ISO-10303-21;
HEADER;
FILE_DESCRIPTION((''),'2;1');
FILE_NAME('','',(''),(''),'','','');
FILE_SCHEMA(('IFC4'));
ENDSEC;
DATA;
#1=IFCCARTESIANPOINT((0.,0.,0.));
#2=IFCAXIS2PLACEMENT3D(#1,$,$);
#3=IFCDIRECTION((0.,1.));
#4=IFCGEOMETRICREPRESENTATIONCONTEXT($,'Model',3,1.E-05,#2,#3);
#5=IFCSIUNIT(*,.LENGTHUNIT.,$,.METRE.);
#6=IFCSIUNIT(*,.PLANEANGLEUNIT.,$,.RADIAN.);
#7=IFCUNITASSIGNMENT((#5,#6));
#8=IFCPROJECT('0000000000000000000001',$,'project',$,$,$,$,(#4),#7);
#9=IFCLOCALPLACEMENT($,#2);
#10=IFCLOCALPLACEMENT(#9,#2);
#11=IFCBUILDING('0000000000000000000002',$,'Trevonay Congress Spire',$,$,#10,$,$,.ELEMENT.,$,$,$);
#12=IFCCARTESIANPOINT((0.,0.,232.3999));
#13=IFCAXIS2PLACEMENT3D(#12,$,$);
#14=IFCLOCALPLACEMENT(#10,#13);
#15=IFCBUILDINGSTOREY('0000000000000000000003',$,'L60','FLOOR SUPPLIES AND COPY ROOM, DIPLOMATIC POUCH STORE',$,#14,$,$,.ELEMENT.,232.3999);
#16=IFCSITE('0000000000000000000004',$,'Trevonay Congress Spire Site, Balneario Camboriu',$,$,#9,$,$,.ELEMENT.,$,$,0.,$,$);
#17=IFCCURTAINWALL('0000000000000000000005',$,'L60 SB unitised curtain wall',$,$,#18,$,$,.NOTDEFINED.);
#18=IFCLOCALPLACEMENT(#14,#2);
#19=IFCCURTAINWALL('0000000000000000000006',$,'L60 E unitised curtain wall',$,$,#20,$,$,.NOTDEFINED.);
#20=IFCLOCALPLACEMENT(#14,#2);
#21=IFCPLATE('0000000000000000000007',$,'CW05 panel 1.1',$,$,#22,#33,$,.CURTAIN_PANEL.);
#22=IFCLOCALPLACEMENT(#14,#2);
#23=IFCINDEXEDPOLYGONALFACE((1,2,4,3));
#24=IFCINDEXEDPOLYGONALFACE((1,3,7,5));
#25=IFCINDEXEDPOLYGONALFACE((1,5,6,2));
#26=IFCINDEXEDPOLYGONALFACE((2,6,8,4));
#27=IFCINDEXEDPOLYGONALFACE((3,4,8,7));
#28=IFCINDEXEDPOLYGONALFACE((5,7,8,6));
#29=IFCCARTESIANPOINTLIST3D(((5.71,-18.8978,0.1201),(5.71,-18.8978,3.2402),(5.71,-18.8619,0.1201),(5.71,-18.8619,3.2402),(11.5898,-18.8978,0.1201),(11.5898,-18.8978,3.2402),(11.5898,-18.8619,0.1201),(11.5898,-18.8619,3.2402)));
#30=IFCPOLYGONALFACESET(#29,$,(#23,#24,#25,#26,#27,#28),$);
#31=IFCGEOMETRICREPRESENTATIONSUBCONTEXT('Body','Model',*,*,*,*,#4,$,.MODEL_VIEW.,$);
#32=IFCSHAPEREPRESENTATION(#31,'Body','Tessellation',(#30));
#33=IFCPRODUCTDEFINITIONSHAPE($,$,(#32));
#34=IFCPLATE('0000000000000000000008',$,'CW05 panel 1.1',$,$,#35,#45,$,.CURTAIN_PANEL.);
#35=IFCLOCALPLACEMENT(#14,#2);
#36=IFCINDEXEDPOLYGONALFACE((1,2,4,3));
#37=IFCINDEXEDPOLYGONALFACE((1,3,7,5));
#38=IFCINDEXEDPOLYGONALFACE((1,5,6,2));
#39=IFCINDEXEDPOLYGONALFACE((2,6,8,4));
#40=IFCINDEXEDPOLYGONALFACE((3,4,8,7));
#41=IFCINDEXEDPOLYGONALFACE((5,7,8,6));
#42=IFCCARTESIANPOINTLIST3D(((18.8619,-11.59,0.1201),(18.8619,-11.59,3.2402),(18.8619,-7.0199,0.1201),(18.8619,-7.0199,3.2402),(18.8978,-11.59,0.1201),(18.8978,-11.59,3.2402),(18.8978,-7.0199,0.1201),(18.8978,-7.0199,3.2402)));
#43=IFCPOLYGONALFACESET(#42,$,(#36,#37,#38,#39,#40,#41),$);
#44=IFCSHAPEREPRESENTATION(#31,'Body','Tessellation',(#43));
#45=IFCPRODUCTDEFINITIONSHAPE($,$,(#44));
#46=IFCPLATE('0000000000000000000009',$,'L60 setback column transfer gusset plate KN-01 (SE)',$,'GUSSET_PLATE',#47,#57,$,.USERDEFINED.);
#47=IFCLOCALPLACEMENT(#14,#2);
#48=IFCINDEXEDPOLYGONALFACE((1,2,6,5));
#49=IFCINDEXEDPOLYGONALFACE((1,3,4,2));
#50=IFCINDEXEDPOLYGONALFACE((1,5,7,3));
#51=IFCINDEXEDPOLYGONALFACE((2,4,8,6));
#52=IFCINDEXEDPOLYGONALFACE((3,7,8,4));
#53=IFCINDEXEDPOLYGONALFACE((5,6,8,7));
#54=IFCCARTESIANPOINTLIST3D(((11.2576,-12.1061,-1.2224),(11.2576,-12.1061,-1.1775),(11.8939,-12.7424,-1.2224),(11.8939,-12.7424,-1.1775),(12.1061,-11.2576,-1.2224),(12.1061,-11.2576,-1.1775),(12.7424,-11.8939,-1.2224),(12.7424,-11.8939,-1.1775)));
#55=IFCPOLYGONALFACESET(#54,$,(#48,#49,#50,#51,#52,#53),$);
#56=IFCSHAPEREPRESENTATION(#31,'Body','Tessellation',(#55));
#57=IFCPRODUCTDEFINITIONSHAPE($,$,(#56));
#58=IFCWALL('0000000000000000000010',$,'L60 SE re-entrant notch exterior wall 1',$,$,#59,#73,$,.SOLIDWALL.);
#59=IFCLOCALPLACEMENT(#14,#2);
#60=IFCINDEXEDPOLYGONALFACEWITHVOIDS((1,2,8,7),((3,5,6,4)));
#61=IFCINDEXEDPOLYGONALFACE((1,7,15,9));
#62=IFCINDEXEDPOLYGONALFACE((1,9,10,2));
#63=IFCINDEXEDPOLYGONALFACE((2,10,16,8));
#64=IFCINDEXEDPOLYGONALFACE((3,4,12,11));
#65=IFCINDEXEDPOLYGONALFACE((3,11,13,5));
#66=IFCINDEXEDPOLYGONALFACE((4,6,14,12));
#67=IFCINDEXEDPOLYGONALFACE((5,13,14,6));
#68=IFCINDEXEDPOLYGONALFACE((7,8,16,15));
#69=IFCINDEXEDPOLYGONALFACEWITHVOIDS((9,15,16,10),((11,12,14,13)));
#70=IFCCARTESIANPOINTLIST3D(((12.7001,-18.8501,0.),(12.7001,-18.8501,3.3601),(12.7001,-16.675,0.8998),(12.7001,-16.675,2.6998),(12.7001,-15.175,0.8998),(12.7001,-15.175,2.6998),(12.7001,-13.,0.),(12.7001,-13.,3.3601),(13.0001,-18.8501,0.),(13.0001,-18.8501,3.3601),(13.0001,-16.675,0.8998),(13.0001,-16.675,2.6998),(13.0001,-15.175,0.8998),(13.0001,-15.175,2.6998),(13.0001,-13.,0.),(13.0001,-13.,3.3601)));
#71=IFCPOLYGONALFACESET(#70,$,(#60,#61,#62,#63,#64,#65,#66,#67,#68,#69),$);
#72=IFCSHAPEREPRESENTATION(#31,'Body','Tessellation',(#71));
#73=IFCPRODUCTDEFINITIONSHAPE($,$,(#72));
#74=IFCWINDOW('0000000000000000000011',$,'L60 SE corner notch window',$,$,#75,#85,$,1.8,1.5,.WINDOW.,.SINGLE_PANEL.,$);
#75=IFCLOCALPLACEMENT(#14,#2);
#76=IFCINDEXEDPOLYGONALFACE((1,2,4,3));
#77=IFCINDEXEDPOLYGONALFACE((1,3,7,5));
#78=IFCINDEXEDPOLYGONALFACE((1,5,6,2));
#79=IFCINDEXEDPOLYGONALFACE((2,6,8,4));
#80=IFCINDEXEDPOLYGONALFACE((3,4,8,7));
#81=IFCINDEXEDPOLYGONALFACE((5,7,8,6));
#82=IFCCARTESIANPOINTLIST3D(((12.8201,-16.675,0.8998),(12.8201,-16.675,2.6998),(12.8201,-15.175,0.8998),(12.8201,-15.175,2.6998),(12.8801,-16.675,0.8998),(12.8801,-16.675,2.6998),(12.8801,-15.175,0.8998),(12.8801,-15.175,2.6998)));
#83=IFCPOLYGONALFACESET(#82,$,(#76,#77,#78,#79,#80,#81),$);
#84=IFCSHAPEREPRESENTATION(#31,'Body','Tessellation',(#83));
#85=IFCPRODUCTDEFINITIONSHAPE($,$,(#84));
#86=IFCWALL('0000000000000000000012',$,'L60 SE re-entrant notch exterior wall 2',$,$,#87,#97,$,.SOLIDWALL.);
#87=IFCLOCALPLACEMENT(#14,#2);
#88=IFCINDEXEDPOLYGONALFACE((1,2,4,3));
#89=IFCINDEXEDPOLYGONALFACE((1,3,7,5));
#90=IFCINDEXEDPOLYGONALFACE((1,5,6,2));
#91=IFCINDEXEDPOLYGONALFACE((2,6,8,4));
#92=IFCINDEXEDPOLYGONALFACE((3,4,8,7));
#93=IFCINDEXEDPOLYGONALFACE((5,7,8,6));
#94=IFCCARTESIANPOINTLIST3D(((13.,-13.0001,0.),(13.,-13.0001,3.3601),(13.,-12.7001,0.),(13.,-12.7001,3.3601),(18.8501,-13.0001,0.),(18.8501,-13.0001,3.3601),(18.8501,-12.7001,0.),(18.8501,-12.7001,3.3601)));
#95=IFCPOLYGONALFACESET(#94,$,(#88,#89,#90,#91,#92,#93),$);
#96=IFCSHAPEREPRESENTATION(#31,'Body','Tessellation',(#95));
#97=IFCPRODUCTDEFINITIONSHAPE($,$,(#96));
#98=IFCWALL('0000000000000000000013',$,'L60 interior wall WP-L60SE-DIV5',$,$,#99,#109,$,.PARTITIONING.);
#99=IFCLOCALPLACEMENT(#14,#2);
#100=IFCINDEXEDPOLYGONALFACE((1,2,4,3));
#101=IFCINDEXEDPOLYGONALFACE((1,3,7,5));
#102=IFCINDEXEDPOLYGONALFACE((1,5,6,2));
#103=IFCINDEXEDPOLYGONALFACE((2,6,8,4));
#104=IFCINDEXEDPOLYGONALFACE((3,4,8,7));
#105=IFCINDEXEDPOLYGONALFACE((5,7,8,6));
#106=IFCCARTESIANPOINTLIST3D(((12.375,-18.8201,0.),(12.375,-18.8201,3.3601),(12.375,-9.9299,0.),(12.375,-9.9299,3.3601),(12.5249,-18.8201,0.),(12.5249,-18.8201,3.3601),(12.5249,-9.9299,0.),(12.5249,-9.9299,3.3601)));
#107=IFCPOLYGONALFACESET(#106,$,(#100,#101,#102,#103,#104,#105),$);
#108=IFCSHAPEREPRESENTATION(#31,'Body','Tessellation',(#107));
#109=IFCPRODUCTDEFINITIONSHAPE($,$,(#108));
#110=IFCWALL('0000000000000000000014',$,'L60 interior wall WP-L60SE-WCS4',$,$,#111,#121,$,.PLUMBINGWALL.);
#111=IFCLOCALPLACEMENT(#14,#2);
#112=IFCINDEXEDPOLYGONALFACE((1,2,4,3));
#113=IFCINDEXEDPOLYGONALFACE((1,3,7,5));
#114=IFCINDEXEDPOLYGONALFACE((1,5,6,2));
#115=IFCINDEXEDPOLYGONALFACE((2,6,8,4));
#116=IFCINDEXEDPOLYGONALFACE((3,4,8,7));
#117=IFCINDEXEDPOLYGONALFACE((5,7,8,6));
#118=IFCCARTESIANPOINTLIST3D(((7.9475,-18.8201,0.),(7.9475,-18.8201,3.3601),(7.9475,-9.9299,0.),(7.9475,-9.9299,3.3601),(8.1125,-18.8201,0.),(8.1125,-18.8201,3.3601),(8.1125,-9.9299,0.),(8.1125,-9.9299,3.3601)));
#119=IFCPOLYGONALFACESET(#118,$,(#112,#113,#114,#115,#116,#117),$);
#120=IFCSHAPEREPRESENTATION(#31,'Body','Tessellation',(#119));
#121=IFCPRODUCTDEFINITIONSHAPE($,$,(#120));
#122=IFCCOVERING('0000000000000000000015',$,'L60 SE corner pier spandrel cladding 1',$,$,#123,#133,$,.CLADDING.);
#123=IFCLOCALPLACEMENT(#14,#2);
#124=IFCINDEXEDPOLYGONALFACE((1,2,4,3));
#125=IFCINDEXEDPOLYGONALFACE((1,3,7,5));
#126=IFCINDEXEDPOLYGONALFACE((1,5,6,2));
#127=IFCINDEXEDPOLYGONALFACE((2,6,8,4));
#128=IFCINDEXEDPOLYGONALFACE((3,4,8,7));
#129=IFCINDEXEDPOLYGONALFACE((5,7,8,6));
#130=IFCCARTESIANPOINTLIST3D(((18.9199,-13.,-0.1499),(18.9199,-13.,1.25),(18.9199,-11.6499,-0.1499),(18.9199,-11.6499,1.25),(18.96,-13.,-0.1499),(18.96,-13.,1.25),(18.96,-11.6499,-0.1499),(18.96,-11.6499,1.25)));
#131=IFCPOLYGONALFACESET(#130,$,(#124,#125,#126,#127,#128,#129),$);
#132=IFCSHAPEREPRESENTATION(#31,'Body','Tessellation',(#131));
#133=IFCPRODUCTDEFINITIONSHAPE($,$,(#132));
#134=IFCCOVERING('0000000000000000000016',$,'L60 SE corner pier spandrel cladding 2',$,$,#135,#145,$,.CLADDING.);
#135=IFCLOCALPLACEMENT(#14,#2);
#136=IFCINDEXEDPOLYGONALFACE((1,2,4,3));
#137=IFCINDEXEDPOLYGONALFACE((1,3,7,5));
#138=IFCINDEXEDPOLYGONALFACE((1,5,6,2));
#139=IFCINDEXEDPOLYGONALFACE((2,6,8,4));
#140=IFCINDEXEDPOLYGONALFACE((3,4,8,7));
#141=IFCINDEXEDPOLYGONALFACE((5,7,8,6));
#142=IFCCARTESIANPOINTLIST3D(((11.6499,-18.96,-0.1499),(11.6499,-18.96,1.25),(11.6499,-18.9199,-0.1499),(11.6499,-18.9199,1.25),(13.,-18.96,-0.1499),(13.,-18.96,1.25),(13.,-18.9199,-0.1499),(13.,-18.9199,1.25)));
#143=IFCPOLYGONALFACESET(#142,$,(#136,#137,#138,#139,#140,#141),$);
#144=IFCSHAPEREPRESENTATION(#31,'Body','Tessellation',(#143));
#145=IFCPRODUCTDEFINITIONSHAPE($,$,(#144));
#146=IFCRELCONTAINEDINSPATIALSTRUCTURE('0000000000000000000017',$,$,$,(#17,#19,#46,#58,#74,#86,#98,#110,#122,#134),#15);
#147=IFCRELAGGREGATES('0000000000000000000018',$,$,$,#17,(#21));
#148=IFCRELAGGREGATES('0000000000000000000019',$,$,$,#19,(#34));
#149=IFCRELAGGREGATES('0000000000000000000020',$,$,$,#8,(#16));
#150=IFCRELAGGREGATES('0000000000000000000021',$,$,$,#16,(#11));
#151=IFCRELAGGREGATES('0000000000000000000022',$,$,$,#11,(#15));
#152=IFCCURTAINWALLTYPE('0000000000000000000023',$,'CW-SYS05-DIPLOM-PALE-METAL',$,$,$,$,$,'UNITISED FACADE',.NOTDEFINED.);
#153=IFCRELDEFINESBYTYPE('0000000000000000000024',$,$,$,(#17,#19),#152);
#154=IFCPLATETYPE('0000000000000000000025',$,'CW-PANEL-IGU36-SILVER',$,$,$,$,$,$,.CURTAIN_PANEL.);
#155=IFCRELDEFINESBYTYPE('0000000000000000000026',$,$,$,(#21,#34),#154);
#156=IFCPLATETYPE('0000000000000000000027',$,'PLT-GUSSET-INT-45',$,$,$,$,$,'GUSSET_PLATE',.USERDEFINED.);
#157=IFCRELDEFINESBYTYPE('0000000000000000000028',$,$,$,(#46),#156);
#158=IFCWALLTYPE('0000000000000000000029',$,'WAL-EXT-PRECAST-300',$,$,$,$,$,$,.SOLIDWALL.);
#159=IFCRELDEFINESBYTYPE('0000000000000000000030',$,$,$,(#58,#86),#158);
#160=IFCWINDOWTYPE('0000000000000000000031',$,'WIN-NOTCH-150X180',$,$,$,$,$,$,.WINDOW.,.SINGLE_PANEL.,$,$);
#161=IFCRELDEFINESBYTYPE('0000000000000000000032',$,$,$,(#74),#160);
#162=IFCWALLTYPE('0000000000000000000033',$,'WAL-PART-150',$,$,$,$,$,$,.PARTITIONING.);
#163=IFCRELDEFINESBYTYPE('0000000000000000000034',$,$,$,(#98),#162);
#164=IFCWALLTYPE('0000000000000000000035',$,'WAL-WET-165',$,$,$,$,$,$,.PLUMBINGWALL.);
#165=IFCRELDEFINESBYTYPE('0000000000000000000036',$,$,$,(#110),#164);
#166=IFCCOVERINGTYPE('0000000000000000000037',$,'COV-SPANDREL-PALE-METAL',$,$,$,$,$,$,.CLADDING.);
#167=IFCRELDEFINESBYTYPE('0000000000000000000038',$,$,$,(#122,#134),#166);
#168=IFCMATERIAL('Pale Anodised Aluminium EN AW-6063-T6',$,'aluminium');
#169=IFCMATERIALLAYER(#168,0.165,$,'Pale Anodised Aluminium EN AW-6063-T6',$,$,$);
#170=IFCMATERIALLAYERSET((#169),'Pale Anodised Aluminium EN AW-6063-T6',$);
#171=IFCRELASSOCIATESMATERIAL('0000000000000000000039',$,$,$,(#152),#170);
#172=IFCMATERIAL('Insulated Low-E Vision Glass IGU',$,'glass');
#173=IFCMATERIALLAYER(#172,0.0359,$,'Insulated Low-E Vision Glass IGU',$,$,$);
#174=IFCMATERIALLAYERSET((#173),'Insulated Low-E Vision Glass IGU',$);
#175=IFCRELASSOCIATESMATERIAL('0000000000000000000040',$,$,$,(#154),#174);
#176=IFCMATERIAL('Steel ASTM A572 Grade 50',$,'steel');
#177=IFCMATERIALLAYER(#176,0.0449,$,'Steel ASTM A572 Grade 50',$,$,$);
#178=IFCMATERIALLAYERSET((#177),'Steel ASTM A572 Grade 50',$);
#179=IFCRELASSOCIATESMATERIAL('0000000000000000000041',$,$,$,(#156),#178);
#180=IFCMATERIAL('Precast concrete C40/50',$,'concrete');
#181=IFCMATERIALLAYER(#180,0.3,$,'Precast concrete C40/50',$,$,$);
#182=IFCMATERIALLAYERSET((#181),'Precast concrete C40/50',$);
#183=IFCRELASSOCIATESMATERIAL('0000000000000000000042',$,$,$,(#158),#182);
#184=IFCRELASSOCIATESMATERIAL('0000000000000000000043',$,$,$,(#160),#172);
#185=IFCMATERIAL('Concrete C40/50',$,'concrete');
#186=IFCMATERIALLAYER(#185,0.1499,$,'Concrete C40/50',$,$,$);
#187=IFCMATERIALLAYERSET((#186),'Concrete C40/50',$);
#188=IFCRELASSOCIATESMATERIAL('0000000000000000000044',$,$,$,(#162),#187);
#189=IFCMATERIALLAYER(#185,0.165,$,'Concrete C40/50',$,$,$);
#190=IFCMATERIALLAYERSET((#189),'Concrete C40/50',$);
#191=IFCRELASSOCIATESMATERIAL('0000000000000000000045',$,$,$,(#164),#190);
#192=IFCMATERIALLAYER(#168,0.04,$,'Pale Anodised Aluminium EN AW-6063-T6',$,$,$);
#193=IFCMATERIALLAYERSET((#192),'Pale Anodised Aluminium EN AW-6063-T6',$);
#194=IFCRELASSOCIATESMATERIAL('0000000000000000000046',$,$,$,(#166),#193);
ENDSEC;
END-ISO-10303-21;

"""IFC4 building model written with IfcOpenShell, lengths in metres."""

from ifc_helpers import new_model, si_unit, direction, frame, frame_2d, origin, origin_2d, place, context, subcontext, project, spatial, rectangle, extrude, material, layer, layer_set, type_object, element, fill, aggregate, save


model = new_model("IFC4")

# Units and contexts
model_context = context("Model", 3, precision=1e-05, world=origin(), true_north=direction((0.0, 1.0)))
body_context = subcontext(model_context, "Body", "Model", "MODEL_VIEW")
ifc_project = project(units=[si_unit("LENGTHUNIT", "METRE"), si_unit("PLANEANGLEUNIT", "RADIAN")], contexts=[model_context])

# Site, building, storey
site_placement = place(None, origin())
site = spatial("IfcSite", under=ifc_project, at=site_placement, Name="Trevonay Congress Spire Site, Balneario Camboriu", CompositionType="ELEMENT", RefElevation=0.0)
building_placement = place(site_placement, origin())
building = spatial("IfcBuilding", under=site, at=building_placement, Name="Trevonay Congress Spire", CompositionType="ELEMENT")
storey_placement = place(building_placement, frame((0.0, 0.0, 232.3999)))
storey = spatial("IfcBuildingStorey", under=building, at=storey_placement, Name="L60", Description="FLOOR SUPPLIES AND COPY ROOM, DIPLOMATIC POUCH STORE", CompositionType="ELEMENT", Elevation=232.3999)

# Shared definitions
ifc_material_1 = material(Name="Steel ASTM A572 Grade 50", Category="steel")

# Curtain wall
ifc_material_2 = material(Name="Pale Anodised Aluminium EN AW-6063-T6", Category="aluminium")
ifc_layer_1 = layer(ifc_material_2, 0.165, Name="Pale Anodised Aluminium EN AW-6063-T6")
ifc_layer_set_1 = layer_set([ifc_layer_1], Name="Pale Anodised Aluminium EN AW-6063-T6")
curtain_wall_type = type_object("IfcCurtainWallType", Name="CW-SYS05-DIPLOM-PALE-METAL", ElementType="UNITISED FACADE", PredefinedType="NOTDEFINED", material=ifc_layer_set_1)
curtain_wall_1_placement = place(storey_placement, origin())
curtain_wall_1 = element("IfcCurtainWall", 1, at=curtain_wall_1_placement, inside=storey, type_object=curtain_wall_type, Name="L60 SB unitised curtain wall", PredefinedType="NOTDEFINED")

# Curtain wall
curtain_wall_2_placement = place(storey_placement, origin())
curtain_wall_2 = element("IfcCurtainWall", 2, at=curtain_wall_2_placement, inside=storey, type_object=curtain_wall_type, Name="L60 E unitised curtain wall", PredefinedType="NOTDEFINED")

# Plates
ifc_material_3 = material(Name="Insulated Low-E Vision Glass IGU", Category="glass")
ifc_layer_2 = layer(ifc_material_3, 0.0359, Name="Insulated Low-E Vision Glass IGU")
ifc_layer_set_2 = layer_set([ifc_layer_2], Name="Insulated Low-E Vision Glass IGU")
plate_type_1 = type_object("IfcPlateType", Name="CW-PANEL-IGU36-SILVER", PredefinedType="CURTAIN_PANEL", material=ifc_layer_set_2)
plate_1_placement = place(storey_placement, frame((8.6499, -18.8799, 0.1201), z_axis=(0.0, 0.0, 1.0), x_axis=(1.0, 0.0, 0.0)))
plate_1 = element("IfcPlate", 3, at=plate_1_placement, type_object=plate_type_1, Name="CW05 panel 1.1", PredefinedType="CURTAIN_PANEL", context=body_context, shape_type="SweptSolid", body=[
    extrude(rectangle(XDim=5.8799, YDim=0.0359, at=origin_2d()), origin(), (0.0, 0.0, 1.0), 3.1201),
])
aggregate(curtain_wall_1, [plate_1])
plate_2_placement = place(storey_placement, frame((18.8799, -9.3049, 0.1201), z_axis=(0.0, 0.0, 1.0), x_axis=(0.0, 1.0, 0.0)))
plate_2 = element("IfcPlate", 4, at=plate_2_placement, type_object=plate_type_1, Name="CW05 panel 1.1", PredefinedType="CURTAIN_PANEL", context=body_context, shape_type="SweptSolid", body=[
    extrude(rectangle(XDim=4.5701, YDim=0.0359, at=origin_2d()), origin(), (0.0, 0.0, 1.0), 3.1201),
])
aggregate(curtain_wall_2, [plate_2])
ifc_layer_3 = layer(ifc_material_1, 0.0449, Name="Steel ASTM A572 Grade 50")
ifc_layer_set_3 = layer_set([ifc_layer_3], Name="Steel ASTM A572 Grade 50")
plate_type_2 = type_object("IfcPlateType", Name="PLT-GUSSET-INT-45", ElementType="GUSSET_PLATE", PredefinedType="USERDEFINED", material=ifc_layer_set_3)
plate_3_placement = place(storey_placement, frame((12.0, -12.0, -1.2224), z_axis=(0.0, 0.0, 1.0), x_axis=(0.707107, 0.707107, 0.0)))
element("IfcPlate", 5, at=plate_3_placement, inside=storey, type_object=plate_type_2, Name="L60 setback column transfer gusset plate KN-01 (SE)", ObjectType="GUSSET_PLATE", PredefinedType="USERDEFINED", context=body_context, shape_type="SweptSolid", body=[
    extrude(rectangle(XDim=1.2, YDim=0.8999, at=origin_2d()), origin(), (0.0, 0.0, 1.0), 0.0449),
])

# Wall, opening, window
ifc_material_4 = material(Name="Precast concrete C40/50", Category="concrete")
ifc_layer_4 = layer(ifc_material_4, 0.3, Name="Precast concrete C40/50")
ifc_layer_set_4 = layer_set([ifc_layer_4], Name="Precast concrete C40/50")
wall_type_1 = type_object("IfcWallType", Name="WAL-EXT-PRECAST-300", PredefinedType="SOLIDWALL", material=ifc_layer_set_4)
wall_1_placement = place(storey_placement, frame((12.8501, -18.8501, 0.0), z_axis=(0.0, 0.0, 1.0), x_axis=(0.0, 1.0, 0.0)))
wall_1 = element("IfcWall", 6, at=wall_1_placement, inside=storey, type_object=wall_type_1, Name="L60 SE re-entrant notch exterior wall 1", PredefinedType="SOLIDWALL", context=body_context, shape_type="SweptSolid", body=[
    extrude(rectangle(XDim=5.8501, YDim=0.3, at=frame_2d((2.925, 0.0))), origin(), (0.0, 0.0, 1.0), 3.3601),
])
opening_placement = place(wall_1_placement, frame((2.175, 0.0, 0.8999)))
opening = element("IfcOpeningElement", 7, at=opening_placement, cuts=wall_1, PredefinedType="OPENING", context=body_context, shape_type="SweptSolid", body=[
    extrude(rectangle(XDim=1.5, YDim=1.8, at=frame_2d((0.75, 0.8999))), frame((0.0, 0.1602, 0.0), z_axis=(0.0, -1.0, 0.0), x_axis=(1.0, 0.0, 0.0)), (0.0, 0.0, 1.0), 0.3201),
])
window_type = type_object("IfcWindowType", Name="WIN-NOTCH-150X180", PartitioningType="SINGLE_PANEL", PredefinedType="WINDOW", material=ifc_material_3)
window_placement = place(opening_placement, origin())
window = element("IfcWindow", 8, at=window_placement, inside=storey, type_object=window_type, Name="L60 SE corner notch window", OverallHeight=1.8, OverallWidth=1.5, PartitioningType="SINGLE_PANEL", PredefinedType="WINDOW", context=body_context, shape_type="SweptSolid", body=[
    extrude(rectangle(XDim=1.5, YDim=1.8, at=frame_2d((0.75, 0.8999))), frame((0.0, 0.03, 0.0), z_axis=(0.0, -1.0, 0.0), x_axis=(1.0, 0.0, 0.0)), (0.0, 0.0, 1.0), 0.0601),
])
fill(opening, window)

# Walls
wall_2_placement = place(storey_placement, frame((18.8501, -12.8501, 0.0), z_axis=(0.0, 0.0, 1.0), x_axis=(-1.0, 0.0, 0.0)))
element("IfcWall", 9, at=wall_2_placement, inside=storey, type_object=wall_type_1, Name="L60 SE re-entrant notch exterior wall 2", PredefinedType="SOLIDWALL", context=body_context, shape_type="SweptSolid", body=[
    extrude(rectangle(XDim=5.8501, YDim=0.3, at=frame_2d((2.925, 0.0))), origin(), (0.0, 0.0, 1.0), 3.3601),
])
ifc_material_5 = material(Name="Concrete C40/50", Category="concrete")
ifc_layer_5 = layer(ifc_material_5, 0.1499, Name="Concrete C40/50")
ifc_layer_set_5 = layer_set([ifc_layer_5], Name="Concrete C40/50")
wall_type_2 = type_object("IfcWallType", Name="WAL-PART-150", PredefinedType="PARTITIONING", material=ifc_layer_set_5)
wall_3_placement = place(storey_placement, frame((12.45, -18.8201, 0.0), z_axis=(0.0, 0.0, 1.0), x_axis=(0.0, 1.0, 0.0)))
element("IfcWall", 10, at=wall_3_placement, inside=storey, type_object=wall_type_2, Name="L60 interior wall WP-L60SE-DIV5", PredefinedType="PARTITIONING", context=body_context, shape_type="SweptSolid", body=[
    extrude(rectangle(XDim=8.8901, YDim=0.1499, at=frame_2d((4.4451, 0.0))), origin(), (0.0, 0.0, 1.0), 3.3601),
])
ifc_layer_6 = layer(ifc_material_5, 0.165, Name="Concrete C40/50")
ifc_layer_set_6 = layer_set([ifc_layer_6], Name="Concrete C40/50")
wall_type_3 = type_object("IfcWallType", Name="WAL-WET-165", PredefinedType="PLUMBINGWALL", material=ifc_layer_set_6)
wall_4_placement = place(storey_placement, frame((8.03, -18.8201, 0.0), z_axis=(0.0, 0.0, 1.0), x_axis=(0.0, 1.0, 0.0)))
element("IfcWall", 11, at=wall_4_placement, inside=storey, type_object=wall_type_3, Name="L60 interior wall WP-L60SE-WCS4", PredefinedType="PLUMBINGWALL", context=body_context, shape_type="SweptSolid", body=[
    extrude(rectangle(XDim=8.8901, YDim=0.165, at=frame_2d((4.4451, 0.0))), origin(), (0.0, 0.0, 1.0), 3.3601),
])

# Coverings
ifc_layer_7 = layer(ifc_material_2, 0.04, Name="Pale Anodised Aluminium EN AW-6063-T6")
ifc_layer_set_7 = layer_set([ifc_layer_7], Name="Pale Anodised Aluminium EN AW-6063-T6")
covering_type = type_object("IfcCoveringType", Name="COV-SPANDREL-PALE-METAL", PredefinedType="CLADDING", material=ifc_layer_set_7)
for number, where, z_axis, x_axis, name in (
    (12, (18.9399, -11.6499, -0.1499), (0.0, 0.0, 1.0), (0.0, -1.0, 0.0), "L60 SE corner pier spandrel cladding 1"),
    (13, (11.6499, -18.9399, -0.1499), (0.0, 0.0, 1.0), (1.0, 0.0, 0.0), "L60 SE corner pier spandrel cladding 2"),
):
    element("IfcCovering", number, at=place(storey_placement, frame(where, z_axis=z_axis, x_axis=x_axis)), inside=storey, type_object=covering_type, Name=name, PredefinedType="CLADDING", context=body_context, shape_type="SweptSolid", body=[
        extrude(rectangle(XDim=1.3501, YDim=0.04, at=frame_2d((0.675, 0.0))), origin(), (0.0, 0.0, 1.0), 1.3999),
    ])

save(model, "model.ifc")
